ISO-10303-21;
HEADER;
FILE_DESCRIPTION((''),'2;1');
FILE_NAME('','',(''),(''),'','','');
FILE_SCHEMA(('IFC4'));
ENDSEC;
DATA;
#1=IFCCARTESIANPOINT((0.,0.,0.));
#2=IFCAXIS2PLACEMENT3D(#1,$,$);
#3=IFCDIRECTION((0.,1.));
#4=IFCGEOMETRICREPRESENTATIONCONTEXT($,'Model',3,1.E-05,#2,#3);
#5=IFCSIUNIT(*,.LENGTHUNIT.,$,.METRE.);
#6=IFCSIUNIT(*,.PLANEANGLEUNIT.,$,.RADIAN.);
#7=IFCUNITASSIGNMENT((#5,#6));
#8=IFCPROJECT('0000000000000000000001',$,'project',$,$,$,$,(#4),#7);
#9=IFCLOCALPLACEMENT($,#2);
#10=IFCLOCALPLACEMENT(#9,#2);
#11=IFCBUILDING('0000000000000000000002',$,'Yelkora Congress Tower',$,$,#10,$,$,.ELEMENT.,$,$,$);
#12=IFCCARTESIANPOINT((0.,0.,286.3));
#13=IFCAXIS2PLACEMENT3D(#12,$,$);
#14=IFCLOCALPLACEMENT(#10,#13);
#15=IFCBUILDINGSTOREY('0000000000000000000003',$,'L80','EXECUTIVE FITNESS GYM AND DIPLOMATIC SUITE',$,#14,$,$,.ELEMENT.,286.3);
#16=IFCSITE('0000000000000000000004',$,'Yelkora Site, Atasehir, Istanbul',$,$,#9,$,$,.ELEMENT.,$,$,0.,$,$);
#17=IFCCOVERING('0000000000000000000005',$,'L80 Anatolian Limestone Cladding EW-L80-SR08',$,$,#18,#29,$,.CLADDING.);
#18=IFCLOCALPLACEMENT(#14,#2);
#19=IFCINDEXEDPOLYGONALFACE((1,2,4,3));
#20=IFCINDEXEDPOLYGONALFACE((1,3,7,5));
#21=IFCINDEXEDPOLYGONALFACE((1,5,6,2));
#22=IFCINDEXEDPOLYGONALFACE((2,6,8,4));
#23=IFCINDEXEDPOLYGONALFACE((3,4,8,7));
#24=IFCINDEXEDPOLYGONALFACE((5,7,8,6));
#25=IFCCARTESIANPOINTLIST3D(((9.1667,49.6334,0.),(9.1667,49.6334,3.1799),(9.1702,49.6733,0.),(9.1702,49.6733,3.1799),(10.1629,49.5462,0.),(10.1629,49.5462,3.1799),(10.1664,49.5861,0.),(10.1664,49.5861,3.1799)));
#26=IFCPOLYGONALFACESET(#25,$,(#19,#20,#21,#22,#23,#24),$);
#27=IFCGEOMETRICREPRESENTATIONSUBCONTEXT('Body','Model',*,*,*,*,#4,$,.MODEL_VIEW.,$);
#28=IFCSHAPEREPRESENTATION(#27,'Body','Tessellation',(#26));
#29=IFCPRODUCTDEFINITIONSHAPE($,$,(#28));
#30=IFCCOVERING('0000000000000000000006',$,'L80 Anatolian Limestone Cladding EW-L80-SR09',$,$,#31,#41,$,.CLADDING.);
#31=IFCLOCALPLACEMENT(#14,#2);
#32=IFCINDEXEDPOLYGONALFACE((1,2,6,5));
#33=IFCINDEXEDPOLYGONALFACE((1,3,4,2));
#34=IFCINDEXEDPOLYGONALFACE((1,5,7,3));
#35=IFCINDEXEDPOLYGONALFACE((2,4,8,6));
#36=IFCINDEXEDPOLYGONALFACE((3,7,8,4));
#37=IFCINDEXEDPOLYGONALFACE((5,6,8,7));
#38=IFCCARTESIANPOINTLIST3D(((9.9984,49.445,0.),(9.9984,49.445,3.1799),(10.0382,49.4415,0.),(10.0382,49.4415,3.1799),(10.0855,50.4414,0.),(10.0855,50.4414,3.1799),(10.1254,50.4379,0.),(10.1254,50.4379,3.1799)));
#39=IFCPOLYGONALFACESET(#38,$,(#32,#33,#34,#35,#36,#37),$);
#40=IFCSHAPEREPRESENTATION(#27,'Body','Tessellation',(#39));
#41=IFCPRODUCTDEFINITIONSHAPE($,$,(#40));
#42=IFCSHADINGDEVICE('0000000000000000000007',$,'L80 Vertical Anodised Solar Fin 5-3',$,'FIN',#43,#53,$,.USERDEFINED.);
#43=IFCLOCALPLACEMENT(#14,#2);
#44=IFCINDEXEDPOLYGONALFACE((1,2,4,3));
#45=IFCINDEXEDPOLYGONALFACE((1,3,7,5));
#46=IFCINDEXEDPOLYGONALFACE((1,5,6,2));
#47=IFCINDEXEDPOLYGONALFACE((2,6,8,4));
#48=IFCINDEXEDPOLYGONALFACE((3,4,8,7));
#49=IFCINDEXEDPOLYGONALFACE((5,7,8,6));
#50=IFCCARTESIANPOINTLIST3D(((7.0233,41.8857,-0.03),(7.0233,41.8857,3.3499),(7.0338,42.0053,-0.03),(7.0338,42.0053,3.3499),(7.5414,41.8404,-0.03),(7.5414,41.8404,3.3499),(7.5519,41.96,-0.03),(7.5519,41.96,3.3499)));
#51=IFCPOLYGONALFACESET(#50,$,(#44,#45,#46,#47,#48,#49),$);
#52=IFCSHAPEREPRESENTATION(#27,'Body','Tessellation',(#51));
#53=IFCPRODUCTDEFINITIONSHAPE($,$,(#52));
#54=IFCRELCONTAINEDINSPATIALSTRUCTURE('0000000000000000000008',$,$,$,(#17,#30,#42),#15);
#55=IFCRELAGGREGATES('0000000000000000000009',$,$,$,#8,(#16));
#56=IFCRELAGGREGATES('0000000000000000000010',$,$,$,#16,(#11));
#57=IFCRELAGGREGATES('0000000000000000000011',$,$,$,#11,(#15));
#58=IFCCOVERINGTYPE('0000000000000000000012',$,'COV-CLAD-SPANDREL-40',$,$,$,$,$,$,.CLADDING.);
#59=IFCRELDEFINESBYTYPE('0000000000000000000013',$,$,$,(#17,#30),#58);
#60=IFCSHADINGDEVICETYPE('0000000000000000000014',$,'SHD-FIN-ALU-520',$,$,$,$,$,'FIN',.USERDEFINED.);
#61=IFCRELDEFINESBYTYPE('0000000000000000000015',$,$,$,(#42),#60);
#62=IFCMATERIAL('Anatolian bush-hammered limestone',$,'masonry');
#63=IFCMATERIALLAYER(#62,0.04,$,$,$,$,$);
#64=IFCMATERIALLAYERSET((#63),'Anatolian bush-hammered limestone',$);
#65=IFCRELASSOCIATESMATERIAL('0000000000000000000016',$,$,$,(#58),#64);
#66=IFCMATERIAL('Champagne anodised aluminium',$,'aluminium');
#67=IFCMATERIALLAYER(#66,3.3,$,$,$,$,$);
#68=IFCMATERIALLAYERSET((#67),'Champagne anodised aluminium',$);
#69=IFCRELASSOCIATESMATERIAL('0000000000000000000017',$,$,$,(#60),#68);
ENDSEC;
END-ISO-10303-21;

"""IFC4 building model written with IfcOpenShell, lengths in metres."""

from ifc_helpers import new_model, si_unit, direction, frame, frame_2d, origin, origin_2d, place, context, subcontext, project, spatial, rectangle, extrude, material, layer, layer_set, type_object, element, save


model = new_model("IFC4")

# Units and contexts
model_context = context("Model", 3, precision=1e-05, world=origin(), true_north=direction((0.0, 1.0)))
body_context = subcontext(model_context, "Body", "Model", "MODEL_VIEW")
ifc_project = project(units=[si_unit("LENGTHUNIT", "METRE"), si_unit("PLANEANGLEUNIT", "RADIAN")], contexts=[model_context])

# Site, building, storey
site_placement = place(None, origin())
site = spatial("IfcSite", under=ifc_project, at=site_placement, Name="Yelkora Site, Atasehir, Istanbul", CompositionType="ELEMENT", RefElevation=0.0)
building_placement = place(site_placement, origin())
building = spatial("IfcBuilding", under=site, at=building_placement, Name="Yelkora Congress Tower", CompositionType="ELEMENT")
storey_placement = place(building_placement, frame((0.0, 0.0, 286.3)))
storey = spatial("IfcBuildingStorey", under=building, at=storey_placement, Name="L80", Description="EXECUTIVE FITNESS GYM AND DIPLOMATIC SUITE", CompositionType="ELEMENT", Elevation=286.3)

# Coverings
ifc_material_1 = material(Name="Anatolian bush-hammered limestone", Category="masonry")
ifc_layer_1 = layer(ifc_material_1, 0.04)
ifc_layer_set_1 = layer_set([ifc_layer_1], Name="Anatolian bush-hammered limestone")
covering_type = type_object("IfcCoveringType", Name="COV-CLAD-SPANDREL-40", PredefinedType="CLADDING", material=ifc_layer_set_1)
covering_1_placement = place(storey_placement, frame((9.1685, 49.6533, 0.0), z_axis=(0.0, 0.0, 1.0), x_axis=(0.996194, -0.087167, 0.0)))
element("IfcCovering", 1, at=covering_1_placement, inside=storey, type_object=covering_type, Name="L80 Anatolian Limestone Cladding EW-L80-SR08", PredefinedType="CLADDING", context=body_context, shape_type="SweptSolid", body=[
    extrude(rectangle(XDim=1.0, YDim=0.04, at=frame_2d((0.5, 0.0))), origin(), (0.0, 0.0, 1.0), 3.1799),
])
covering_2_placement = place(storey_placement, frame((10.0183, 49.4434, 0.0), z_axis=(0.0, 0.0, 1.0), x_axis=(0.087146, 0.996196, 0.0)))
element("IfcCovering", 2, at=covering_2_placement, inside=storey, type_object=covering_type, Name="L80 Anatolian Limestone Cladding EW-L80-SR09", PredefinedType="CLADDING", context=body_context, shape_type="SweptSolid", body=[
    extrude(rectangle(XDim=1.0002, YDim=0.04, at=frame_2d((0.5, 0.0))), origin(), (0.0, 0.0, 1.0), 3.1799),
])

# Shading device
ifc_material_2 = material(Name="Champagne anodised aluminium", Category="aluminium")
ifc_layer_2 = layer(ifc_material_2, 3.3)
ifc_layer_set_2 = layer_set([ifc_layer_2], Name="Champagne anodised aluminium")
shading_device_type = type_object("IfcShadingDeviceType", Name="SHD-FIN-ALU-520", ElementType="FIN", PredefinedType="USERDEFINED", material=ifc_layer_set_2)
shading_device_placement = place(storey_placement, frame((7.2876, 41.9229, -0.03), z_axis=(0.0, 0.0, 1.0), x_axis=(0.087156, 0.996195, 0.0)))
element("IfcShadingDevice", 3, at=shading_device_placement, inside=storey, type_object=shading_device_type, Name="L80 Vertical Anodised Solar Fin 5-3", ObjectType="FIN", PredefinedType="USERDEFINED", context=body_context, shape_type="SweptSolid", body=[
    extrude(rectangle(XDim=0.1201, YDim=0.52, at=origin_2d()), origin(), (0.0, 0.0, 1.0), 3.3799),
])

save(model, "model.ifc")
